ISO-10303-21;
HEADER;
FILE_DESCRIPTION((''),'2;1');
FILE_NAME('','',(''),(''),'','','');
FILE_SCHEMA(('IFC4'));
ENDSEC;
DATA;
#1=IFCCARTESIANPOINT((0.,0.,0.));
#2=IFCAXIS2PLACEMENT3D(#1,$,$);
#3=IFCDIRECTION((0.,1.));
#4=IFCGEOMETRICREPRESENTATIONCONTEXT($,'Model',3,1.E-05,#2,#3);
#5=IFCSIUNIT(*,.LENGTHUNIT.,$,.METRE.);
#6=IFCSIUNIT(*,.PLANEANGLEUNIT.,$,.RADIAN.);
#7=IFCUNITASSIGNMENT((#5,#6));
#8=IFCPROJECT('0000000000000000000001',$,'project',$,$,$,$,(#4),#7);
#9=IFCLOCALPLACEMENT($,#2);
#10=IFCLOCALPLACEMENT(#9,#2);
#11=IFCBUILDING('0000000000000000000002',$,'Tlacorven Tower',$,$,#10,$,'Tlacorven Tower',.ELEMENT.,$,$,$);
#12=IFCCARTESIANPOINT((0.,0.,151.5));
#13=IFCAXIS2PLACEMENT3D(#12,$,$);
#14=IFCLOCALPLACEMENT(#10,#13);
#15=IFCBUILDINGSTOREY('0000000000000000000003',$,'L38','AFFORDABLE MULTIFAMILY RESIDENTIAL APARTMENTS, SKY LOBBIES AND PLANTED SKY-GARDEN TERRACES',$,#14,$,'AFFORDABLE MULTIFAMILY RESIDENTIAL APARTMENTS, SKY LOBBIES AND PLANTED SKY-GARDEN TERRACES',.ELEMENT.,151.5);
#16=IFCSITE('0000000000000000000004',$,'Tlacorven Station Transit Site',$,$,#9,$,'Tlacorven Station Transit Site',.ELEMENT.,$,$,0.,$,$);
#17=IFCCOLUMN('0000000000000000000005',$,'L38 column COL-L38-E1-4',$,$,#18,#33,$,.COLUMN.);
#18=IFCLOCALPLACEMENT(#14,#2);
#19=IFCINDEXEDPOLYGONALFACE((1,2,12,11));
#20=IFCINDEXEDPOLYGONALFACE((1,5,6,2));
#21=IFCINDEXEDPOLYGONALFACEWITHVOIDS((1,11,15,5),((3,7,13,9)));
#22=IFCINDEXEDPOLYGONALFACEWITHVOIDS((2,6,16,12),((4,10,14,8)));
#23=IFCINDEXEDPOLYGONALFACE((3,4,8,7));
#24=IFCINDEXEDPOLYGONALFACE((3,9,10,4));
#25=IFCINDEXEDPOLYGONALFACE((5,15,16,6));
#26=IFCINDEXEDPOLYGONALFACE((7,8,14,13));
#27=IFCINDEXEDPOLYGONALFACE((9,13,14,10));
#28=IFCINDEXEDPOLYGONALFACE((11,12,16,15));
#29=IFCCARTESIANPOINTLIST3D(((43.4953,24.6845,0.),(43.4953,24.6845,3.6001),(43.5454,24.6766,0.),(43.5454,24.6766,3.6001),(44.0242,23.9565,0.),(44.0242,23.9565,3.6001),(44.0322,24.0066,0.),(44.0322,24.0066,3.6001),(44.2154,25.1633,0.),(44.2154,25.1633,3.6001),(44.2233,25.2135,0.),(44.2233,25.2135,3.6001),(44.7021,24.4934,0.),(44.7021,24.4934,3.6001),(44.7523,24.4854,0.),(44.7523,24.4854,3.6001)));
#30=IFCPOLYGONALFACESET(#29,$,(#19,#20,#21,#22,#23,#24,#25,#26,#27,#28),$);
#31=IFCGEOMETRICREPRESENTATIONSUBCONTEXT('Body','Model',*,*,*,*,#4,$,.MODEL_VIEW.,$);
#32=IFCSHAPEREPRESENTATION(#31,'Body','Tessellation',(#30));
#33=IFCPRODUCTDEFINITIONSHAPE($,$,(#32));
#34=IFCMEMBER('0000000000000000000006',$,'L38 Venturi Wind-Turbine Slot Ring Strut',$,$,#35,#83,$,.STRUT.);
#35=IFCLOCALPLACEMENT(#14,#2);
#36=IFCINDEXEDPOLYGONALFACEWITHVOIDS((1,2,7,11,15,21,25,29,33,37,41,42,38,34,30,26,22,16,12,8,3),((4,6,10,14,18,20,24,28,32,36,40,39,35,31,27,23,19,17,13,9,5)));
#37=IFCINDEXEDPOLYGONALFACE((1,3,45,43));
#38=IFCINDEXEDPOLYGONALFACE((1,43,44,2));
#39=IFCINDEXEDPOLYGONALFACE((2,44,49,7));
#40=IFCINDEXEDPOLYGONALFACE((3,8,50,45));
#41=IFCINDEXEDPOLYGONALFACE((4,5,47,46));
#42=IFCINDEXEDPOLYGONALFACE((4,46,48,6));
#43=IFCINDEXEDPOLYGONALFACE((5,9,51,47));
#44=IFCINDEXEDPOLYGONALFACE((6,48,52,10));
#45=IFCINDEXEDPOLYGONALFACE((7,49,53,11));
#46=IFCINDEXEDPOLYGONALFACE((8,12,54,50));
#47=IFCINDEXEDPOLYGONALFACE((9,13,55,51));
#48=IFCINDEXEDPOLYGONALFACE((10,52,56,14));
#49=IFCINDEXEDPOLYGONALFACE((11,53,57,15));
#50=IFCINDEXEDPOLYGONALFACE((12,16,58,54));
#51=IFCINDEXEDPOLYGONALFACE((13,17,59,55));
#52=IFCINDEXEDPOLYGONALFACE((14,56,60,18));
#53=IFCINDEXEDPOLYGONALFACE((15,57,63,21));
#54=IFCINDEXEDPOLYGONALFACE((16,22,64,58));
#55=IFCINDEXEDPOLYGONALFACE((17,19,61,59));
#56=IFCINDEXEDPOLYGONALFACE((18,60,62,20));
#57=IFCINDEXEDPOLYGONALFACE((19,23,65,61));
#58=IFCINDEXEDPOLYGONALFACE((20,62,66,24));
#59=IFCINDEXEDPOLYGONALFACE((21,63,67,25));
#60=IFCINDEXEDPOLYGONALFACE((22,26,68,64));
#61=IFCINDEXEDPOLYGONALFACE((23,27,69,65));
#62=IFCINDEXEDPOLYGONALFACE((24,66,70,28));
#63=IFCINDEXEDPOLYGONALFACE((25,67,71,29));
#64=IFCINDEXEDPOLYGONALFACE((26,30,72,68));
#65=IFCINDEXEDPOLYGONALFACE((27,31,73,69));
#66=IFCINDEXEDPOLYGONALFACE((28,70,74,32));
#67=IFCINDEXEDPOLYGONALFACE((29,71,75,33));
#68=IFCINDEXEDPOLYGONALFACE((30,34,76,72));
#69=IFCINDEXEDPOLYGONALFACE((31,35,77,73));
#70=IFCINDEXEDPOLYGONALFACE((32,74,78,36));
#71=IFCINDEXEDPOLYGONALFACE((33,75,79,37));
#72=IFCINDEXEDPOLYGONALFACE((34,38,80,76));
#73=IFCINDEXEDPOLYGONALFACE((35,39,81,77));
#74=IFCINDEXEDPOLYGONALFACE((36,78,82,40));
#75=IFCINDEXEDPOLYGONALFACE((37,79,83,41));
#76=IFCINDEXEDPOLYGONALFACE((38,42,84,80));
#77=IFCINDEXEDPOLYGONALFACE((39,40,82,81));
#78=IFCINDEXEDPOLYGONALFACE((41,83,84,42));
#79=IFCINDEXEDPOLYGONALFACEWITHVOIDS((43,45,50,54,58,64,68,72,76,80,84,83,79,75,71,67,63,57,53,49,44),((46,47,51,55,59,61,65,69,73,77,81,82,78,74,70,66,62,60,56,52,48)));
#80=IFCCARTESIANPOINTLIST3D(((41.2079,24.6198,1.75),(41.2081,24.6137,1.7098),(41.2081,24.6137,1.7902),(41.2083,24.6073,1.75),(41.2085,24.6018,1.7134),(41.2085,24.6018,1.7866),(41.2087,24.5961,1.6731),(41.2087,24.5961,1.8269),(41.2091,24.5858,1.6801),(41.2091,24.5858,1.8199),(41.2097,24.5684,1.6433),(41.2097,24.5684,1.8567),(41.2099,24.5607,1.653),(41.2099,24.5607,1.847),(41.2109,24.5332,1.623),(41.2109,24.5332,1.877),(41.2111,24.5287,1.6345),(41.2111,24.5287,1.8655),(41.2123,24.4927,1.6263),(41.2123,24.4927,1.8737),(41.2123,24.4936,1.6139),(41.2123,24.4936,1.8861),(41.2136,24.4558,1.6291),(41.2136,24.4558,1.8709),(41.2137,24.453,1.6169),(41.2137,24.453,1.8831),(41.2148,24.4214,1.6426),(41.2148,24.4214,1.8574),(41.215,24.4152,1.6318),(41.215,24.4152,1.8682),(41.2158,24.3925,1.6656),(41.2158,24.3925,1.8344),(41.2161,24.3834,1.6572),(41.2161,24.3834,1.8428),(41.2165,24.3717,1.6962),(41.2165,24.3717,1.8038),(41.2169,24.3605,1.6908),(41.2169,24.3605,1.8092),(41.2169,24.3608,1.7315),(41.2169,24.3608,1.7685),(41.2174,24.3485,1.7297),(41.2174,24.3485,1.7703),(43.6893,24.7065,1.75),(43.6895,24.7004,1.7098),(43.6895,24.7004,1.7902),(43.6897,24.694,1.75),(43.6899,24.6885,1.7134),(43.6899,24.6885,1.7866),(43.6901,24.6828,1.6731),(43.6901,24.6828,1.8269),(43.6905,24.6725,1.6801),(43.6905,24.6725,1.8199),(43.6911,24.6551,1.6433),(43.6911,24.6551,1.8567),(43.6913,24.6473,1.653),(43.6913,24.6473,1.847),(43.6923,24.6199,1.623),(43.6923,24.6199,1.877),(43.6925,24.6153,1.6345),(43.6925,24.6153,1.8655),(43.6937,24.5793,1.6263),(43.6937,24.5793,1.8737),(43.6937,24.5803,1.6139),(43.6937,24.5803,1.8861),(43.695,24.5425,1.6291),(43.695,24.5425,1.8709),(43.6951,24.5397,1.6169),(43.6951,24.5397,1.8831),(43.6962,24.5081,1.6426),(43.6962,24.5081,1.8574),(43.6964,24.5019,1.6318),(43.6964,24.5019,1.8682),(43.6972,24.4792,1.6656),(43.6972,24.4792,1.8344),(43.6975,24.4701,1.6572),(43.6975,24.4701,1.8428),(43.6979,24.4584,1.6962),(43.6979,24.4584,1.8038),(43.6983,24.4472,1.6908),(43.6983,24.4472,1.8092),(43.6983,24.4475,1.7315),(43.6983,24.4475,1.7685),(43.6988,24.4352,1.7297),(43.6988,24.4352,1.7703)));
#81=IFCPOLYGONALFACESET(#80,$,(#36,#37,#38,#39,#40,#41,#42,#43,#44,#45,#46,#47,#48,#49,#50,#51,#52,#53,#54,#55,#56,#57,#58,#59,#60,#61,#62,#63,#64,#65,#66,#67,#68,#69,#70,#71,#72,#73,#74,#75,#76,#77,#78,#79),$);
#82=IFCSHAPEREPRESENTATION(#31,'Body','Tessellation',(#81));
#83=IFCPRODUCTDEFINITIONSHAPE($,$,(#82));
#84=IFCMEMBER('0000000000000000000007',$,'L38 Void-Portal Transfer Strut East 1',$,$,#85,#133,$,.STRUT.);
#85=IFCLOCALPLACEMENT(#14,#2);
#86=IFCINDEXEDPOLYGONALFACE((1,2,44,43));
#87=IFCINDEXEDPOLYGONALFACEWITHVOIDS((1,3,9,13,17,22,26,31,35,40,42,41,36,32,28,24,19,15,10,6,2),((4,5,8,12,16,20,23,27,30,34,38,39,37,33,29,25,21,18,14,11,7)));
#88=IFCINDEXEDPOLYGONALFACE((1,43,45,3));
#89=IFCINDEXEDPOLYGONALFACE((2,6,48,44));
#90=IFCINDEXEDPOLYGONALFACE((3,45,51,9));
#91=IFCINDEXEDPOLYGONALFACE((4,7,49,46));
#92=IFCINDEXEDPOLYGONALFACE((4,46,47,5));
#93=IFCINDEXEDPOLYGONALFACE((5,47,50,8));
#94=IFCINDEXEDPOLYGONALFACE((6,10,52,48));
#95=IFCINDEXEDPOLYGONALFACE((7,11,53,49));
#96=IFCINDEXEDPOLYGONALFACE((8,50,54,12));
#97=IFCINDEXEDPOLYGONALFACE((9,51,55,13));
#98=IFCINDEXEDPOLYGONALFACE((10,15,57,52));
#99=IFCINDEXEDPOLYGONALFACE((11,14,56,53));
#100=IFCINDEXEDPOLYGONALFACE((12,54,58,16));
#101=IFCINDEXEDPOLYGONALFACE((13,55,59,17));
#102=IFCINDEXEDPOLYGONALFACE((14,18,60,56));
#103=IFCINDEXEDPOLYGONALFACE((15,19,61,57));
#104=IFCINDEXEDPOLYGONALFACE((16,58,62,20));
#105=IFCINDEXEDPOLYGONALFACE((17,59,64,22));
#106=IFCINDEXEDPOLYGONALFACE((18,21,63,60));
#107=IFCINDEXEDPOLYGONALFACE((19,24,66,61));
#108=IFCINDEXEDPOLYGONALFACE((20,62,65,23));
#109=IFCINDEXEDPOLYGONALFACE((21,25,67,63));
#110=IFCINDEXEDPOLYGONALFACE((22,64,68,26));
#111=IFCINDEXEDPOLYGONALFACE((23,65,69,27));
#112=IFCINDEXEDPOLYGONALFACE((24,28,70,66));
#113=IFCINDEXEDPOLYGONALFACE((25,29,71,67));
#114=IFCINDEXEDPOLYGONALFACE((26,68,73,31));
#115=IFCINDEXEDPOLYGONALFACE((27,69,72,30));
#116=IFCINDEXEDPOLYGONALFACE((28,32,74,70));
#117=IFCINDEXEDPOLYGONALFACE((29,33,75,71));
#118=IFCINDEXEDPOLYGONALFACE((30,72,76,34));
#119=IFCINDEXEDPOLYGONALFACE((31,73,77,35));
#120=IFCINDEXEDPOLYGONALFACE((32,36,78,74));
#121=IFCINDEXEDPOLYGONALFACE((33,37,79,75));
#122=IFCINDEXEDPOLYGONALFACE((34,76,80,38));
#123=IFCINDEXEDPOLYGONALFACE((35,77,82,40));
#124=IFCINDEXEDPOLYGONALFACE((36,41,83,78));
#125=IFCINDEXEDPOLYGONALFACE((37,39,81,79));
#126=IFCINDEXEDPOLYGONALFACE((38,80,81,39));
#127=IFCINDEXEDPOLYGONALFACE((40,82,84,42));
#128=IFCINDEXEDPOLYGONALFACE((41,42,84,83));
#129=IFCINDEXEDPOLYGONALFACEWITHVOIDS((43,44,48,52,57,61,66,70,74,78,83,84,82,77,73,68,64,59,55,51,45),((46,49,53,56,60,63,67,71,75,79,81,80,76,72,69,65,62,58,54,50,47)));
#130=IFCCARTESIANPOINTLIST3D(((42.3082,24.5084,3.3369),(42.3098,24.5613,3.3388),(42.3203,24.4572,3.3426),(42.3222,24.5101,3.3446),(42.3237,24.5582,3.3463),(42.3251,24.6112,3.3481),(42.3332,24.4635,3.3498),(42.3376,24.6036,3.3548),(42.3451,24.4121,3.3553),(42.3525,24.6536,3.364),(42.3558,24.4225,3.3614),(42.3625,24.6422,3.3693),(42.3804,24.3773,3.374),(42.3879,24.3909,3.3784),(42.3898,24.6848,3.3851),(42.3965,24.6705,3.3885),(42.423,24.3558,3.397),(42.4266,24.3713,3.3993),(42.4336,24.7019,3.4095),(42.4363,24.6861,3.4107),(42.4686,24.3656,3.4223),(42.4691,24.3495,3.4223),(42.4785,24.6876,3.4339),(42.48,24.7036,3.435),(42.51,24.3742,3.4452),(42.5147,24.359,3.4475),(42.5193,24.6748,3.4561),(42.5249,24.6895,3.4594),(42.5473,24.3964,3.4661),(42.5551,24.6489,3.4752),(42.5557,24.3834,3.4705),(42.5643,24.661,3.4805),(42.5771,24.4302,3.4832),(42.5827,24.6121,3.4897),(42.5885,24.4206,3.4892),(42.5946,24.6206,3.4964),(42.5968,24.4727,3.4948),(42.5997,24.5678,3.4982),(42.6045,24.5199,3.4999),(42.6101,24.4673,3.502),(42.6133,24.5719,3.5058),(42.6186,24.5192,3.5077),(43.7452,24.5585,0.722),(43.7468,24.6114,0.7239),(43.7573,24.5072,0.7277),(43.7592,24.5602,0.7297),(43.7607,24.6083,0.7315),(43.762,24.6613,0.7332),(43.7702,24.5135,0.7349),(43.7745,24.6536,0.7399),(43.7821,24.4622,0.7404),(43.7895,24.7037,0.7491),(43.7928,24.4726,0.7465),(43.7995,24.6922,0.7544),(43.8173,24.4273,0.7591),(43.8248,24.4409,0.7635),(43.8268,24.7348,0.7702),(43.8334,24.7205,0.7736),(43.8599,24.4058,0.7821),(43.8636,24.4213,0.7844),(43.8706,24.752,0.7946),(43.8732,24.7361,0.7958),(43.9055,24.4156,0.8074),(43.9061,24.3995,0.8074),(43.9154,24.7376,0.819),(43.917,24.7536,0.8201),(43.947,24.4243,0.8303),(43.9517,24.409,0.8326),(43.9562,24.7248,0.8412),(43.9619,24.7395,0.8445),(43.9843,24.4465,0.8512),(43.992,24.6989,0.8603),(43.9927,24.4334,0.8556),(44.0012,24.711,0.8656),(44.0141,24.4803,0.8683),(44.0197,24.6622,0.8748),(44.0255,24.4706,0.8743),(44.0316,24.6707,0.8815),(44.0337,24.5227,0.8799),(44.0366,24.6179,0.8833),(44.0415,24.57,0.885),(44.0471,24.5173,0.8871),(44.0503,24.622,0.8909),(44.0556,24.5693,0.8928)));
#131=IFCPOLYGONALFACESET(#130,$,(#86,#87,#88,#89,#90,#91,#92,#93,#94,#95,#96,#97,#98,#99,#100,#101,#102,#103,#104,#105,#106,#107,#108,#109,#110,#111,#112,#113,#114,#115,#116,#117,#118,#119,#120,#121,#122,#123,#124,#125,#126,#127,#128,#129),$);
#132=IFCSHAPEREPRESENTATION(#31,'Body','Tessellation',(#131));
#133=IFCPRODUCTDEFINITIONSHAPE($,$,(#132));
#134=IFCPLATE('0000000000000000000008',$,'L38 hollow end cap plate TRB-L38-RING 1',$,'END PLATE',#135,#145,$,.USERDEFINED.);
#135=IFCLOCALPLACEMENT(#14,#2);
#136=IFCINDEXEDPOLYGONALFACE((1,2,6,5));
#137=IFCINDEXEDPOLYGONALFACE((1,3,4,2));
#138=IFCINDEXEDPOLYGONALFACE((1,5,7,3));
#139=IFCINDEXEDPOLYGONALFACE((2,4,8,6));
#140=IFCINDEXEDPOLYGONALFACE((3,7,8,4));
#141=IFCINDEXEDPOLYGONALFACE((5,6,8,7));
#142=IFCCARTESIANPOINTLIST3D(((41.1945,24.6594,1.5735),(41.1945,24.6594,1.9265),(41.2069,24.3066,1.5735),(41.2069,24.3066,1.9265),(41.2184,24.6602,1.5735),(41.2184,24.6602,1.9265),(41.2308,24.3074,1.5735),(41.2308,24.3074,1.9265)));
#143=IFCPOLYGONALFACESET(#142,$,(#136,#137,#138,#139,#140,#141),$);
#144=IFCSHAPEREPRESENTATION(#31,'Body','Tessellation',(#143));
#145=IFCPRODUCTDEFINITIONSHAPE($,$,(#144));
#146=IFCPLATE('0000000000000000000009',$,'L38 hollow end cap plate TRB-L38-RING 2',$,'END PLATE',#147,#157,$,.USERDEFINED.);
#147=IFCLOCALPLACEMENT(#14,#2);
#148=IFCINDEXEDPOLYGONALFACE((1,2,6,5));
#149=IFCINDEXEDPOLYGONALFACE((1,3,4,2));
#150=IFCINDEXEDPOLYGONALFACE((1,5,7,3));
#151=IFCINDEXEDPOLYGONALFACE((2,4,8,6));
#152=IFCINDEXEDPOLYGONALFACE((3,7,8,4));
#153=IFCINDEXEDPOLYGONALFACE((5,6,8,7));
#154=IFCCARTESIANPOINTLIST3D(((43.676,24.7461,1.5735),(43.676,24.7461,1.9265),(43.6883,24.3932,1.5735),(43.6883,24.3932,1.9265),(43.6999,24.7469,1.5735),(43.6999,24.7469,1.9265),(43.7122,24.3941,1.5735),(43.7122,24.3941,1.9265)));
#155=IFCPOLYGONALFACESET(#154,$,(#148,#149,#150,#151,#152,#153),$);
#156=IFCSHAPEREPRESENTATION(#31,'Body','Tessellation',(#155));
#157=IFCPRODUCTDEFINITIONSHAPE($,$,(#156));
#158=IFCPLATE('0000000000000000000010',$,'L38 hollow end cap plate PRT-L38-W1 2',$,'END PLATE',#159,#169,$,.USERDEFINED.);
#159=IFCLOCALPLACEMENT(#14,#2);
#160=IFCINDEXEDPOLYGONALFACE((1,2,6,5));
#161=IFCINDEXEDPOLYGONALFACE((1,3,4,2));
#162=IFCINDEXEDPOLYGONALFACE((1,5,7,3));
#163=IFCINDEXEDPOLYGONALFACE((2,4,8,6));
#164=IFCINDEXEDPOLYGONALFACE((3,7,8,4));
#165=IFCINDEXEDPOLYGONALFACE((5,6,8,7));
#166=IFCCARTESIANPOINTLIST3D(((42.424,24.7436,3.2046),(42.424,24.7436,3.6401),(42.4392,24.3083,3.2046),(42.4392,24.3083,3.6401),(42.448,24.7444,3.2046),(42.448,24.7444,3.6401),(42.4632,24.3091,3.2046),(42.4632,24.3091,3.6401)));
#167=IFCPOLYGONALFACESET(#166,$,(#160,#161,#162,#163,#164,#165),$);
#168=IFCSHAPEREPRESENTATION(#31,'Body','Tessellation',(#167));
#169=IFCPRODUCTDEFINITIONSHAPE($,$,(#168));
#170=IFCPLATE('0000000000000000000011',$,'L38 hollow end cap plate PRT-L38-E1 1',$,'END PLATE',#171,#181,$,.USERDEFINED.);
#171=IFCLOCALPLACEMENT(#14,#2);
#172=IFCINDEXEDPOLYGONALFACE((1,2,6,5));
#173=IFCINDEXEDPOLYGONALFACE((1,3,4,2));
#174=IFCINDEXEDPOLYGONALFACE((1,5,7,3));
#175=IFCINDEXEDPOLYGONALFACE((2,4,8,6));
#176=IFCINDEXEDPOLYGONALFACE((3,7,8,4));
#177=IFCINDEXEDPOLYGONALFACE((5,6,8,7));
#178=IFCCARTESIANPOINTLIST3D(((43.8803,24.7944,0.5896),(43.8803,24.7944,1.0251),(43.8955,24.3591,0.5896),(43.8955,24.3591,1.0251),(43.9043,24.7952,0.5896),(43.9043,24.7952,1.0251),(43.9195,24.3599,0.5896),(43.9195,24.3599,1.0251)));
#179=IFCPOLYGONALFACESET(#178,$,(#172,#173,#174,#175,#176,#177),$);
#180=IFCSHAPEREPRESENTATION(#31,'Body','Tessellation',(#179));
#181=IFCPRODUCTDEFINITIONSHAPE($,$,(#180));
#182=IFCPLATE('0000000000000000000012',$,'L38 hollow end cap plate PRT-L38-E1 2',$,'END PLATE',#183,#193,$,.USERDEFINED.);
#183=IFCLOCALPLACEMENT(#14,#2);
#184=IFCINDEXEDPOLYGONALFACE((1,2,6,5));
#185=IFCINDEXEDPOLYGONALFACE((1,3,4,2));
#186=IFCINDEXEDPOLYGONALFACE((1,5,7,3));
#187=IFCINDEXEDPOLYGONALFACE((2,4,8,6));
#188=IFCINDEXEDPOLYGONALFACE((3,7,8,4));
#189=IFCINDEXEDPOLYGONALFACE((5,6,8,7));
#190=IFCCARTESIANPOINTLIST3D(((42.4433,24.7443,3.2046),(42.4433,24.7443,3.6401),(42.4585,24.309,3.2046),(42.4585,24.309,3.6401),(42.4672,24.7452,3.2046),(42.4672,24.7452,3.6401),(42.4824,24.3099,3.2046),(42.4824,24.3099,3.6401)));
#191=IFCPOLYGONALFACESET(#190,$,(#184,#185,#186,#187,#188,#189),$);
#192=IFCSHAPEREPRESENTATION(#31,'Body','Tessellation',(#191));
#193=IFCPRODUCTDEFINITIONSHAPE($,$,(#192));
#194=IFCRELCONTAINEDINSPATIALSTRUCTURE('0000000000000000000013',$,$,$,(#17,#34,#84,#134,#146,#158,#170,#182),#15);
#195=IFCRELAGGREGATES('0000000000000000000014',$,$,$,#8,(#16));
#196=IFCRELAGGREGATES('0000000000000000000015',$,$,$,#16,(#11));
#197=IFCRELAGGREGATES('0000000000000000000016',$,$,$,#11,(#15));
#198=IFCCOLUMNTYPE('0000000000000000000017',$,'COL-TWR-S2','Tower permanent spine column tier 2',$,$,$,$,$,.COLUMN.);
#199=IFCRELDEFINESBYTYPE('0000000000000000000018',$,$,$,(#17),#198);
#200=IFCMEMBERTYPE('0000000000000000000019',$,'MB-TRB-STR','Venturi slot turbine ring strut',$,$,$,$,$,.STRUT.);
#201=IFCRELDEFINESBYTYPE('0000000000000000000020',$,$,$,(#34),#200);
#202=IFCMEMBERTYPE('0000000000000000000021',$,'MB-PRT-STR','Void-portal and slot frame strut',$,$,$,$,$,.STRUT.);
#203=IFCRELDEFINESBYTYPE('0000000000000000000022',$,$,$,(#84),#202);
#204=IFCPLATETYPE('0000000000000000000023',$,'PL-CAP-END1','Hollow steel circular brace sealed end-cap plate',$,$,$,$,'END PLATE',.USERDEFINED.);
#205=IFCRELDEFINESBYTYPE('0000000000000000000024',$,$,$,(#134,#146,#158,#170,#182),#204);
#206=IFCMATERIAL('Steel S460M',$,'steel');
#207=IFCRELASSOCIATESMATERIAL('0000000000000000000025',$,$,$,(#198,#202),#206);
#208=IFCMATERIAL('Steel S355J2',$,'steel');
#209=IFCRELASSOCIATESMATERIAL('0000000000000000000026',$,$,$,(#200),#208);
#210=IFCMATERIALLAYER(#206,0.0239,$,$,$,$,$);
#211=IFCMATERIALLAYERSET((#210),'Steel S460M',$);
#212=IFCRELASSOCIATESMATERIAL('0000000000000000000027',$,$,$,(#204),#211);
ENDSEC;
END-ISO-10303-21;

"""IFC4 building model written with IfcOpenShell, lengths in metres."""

from ifc_helpers import new_model, si_unit, direction, frame, origin, origin_2d, place, context, subcontext, project, spatial, rectangle, hollow_rectangle, hollow_circle, extrude, source, transform, mapped, material, layer, layer_set, material_profile, profile_set, type_object, element, save


model = new_model("IFC4")

# Units and contexts
model_context = context("Model", 3, precision=1e-05, world=origin(), true_north=direction((0.0, 1.0)))
body_context = subcontext(model_context, "Body", "Model", "MODEL_VIEW")
ifc_project = project(units=[si_unit("LENGTHUNIT", "METRE"), si_unit("PLANEANGLEUNIT", "RADIAN")], contexts=[model_context])

# Site, building, storey
site_placement = place(None, origin())
site = spatial("IfcSite", under=ifc_project, at=site_placement, Name="Tlacorven Station Transit Site", LongName="Tlacorven Station Transit Site", CompositionType="ELEMENT", RefElevation=0.0)
building_placement = place(site_placement, origin())
building = spatial("IfcBuilding", under=site, at=building_placement, Name="Tlacorven Tower", LongName="Tlacorven Tower", CompositionType="ELEMENT")
storey_placement = place(building_placement, frame((0.0, 0.0, 151.5)))
storey = spatial("IfcBuildingStorey", under=building, at=storey_placement, Name="L38", Description="AFFORDABLE MULTIFAMILY RESIDENTIAL APARTMENTS, SKY LOBBIES AND PLANTED SKY-GARDEN TERRACES", LongName="AFFORDABLE MULTIFAMILY RESIDENTIAL APARTMENTS, SKY LOBBIES AND PLANTED SKY-GARDEN TERRACES", CompositionType="ELEMENT", Elevation=151.5)

# Column
ifc_material_1 = material(Name="Steel S460M", Category="steel")
ifc_material_profile_1 = material_profile(ifc_material_1, hollow_rectangle(XDim=0.8999, YDim=0.8999, WallThickness=0.0359, at=origin_2d()), Name="BOX 900X900X36")
ifc_profile_set_1 = profile_set([ifc_material_profile_1], Name="Steel S460M")
column_type = type_object("IfcColumnType", Name="COL-TWR-S2", Description="Tower permanent spine column tier 2", PredefinedType="COLUMN", material=ifc_profile_set_1)
shared_shape_1 = source(origin(), body_context, "Body", "SweptSolid", [
    extrude(hollow_rectangle(XDim=0.8999, YDim=0.8999, WallThickness=0.0359, at=origin_2d()), origin(), (0.0, 0.0, 1.0), 3.6001),
])
column_placement = place(storey_placement, frame((44.1238, 24.585, 0.0), z_axis=(0.0, 0.0, 1.0), x_axis=(0.809017, 0.587785, 0.0)))
element("IfcColumn", 1, at=column_placement, inside=storey, type_object=column_type, Name="L38 column COL-L38-E1-4", PredefinedType="COLUMN", context=body_context, shape_type="MappedRepresentation", body=[
    mapped(shared_shape_1, transform((0.0, 0.0, 0.0), scale=1.0)),
])

# Members
ifc_material_2 = material(Name="Steel S355J2", Category="steel")
ifc_material_profile_2 = material_profile(ifc_material_2, hollow_circle(Radius=0.1365, WallThickness=0.0125, at=origin_2d()), Name="CHS 273.0X12.5")
ifc_profile_set_2 = profile_set([ifc_material_profile_2], Name="Steel S355J2")
member_type_1 = type_object("IfcMemberType", Name="MB-TRB-STR", Description="Venturi slot turbine ring strut", PredefinedType="STRUT", material=ifc_profile_set_2)
shared_shape_2 = source(origin(), body_context, "Body", "SweptSolid", [
    extrude(hollow_circle(Radius=0.1365, WallThickness=0.0125, at=origin_2d()), origin(), (0.0, 0.0, 1.0), 2.4829),
])
member_1_placement = place(storey_placement, frame((41.2126, 24.4834, 1.75), z_axis=(0.999391, 0.034906, 0.0), x_axis=(-0.034906, 0.999391, 0.0)))
element("IfcMember", 2, at=member_1_placement, inside=storey, type_object=member_type_1, Name="L38 Venturi Wind-Turbine Slot Ring Strut", PredefinedType="STRUT", context=body_context, shape_type="MappedRepresentation", body=[
    mapped(shared_shape_2, transform((0.0, 0.0, 0.0), scale=1.0)),
])
ifc_material_profile_3 = material_profile(ifc_material_1, hollow_circle(Radius=0.1777, WallThickness=0.0161, at=origin_2d()), Name="CHS 355.6X16")
ifc_profile_set_3 = profile_set([ifc_material_profile_3], Name="Steel S460M")
member_type_2 = type_object("IfcMemberType", Name="MB-PRT-STR", Description="Void-portal and slot frame strut", PredefinedType="STRUT", material=ifc_profile_set_3)
shared_shape_3 = source(origin(), body_context, "Body", "SweptSolid", [
    extrude(hollow_circle(Radius=0.1777, WallThickness=0.0161, at=origin_2d()), origin(), (0.0, 0.0, 1.0), 2.9841),
])
member_2_placement = place(storey_placement, frame((43.8999, 24.5771, 0.8074), z_axis=(-0.481534, -0.016771, 0.876267), x_axis=(0.034807, -0.999394, 0.0)))
element("IfcMember", 3, at=member_2_placement, inside=storey, type_object=member_type_2, Name="L38 Void-Portal Transfer Strut East 1", PredefinedType="STRUT", context=body_context, shape_type="MappedRepresentation", body=[
    mapped(shared_shape_3, transform((0.0, 0.0, 0.0), scale=1.0)),
])

# Plates
ifc_layer_1 = layer(ifc_material_1, 0.0239)
ifc_layer_set_1 = layer_set([ifc_layer_1], Name="Steel S460M")
plate_type_1 = type_object("IfcPlateType", Name="PL-CAP-END1", Description="Hollow steel circular brace sealed end-cap plate", ElementType="END PLATE", PredefinedType="USERDEFINED", material=ifc_layer_set_1)
shared_shape_4 = source(origin(), body_context, "Body", "SweptSolid", [
    extrude(rectangle(XDim=0.0239, YDim=0.353, at=origin_2d()), origin(), (0.0, 0.0, 1.0), 0.353),
])
for number, where, z_axis, x_axis, name in (
    (4, (41.2126, 24.4834, 1.5735), (0.0, 0.0, 1.0), (0.999391, 0.034899, 0.0), "L38 hollow end cap plate TRB-L38-RING 1"),
    (5, (43.6941, 24.5701, 1.5735), (0.0, 0.0, 1.0), (0.999391, 0.034899, 0.0), "L38 hollow end cap plate TRB-L38-RING 2"),
):
    element("IfcPlate", number, at=place(storey_placement, frame(where, z_axis=z_axis, x_axis=x_axis)), inside=storey, type_object=plate_type_1, Name=name, ObjectType="END PLATE", PredefinedType="USERDEFINED", context=body_context, shape_type="MappedRepresentation", body=[
        mapped(shared_shape_4, transform((0.0, 0.0, 0.0), scale=1.0)),
    ])
shared_shape_5 = source(origin(), body_context, "Body", "SweptSolid", [
    extrude(rectangle(XDim=0.0239, YDim=0.4355, at=origin_2d()), origin(), (0.0, 0.0, 1.0), 0.4355),
])
for number, where, z_axis, x_axis, name in (
    (6, (42.4436, 24.5264, 3.2046), (0.0, 0.0, 1.0), (0.999391, 0.034898, 0.0), "L38 hollow end cap plate PRT-L38-W1 2"),
    (7, (43.8999, 24.5771, 0.5896), (0.0, 0.0, 1.0), (-0.999391, -0.034901, 0.0), "L38 hollow end cap plate PRT-L38-E1 1"),
    (8, (42.4629, 24.5271, 3.2046), (0.0, 0.0, 1.0), (-0.999391, -0.034901, 0.0), "L38 hollow end cap plate PRT-L38-E1 2"),
):
    element("IfcPlate", number, at=place(storey_placement, frame(where, z_axis=z_axis, x_axis=x_axis)), inside=storey, type_object=plate_type_1, Name=name, ObjectType="END PLATE", PredefinedType="USERDEFINED", context=body_context, shape_type="MappedRepresentation", body=[
        mapped(shared_shape_5, transform((0.0, 0.0, 0.0), scale=1.0)),
    ])

save(model, "model.ifc")
